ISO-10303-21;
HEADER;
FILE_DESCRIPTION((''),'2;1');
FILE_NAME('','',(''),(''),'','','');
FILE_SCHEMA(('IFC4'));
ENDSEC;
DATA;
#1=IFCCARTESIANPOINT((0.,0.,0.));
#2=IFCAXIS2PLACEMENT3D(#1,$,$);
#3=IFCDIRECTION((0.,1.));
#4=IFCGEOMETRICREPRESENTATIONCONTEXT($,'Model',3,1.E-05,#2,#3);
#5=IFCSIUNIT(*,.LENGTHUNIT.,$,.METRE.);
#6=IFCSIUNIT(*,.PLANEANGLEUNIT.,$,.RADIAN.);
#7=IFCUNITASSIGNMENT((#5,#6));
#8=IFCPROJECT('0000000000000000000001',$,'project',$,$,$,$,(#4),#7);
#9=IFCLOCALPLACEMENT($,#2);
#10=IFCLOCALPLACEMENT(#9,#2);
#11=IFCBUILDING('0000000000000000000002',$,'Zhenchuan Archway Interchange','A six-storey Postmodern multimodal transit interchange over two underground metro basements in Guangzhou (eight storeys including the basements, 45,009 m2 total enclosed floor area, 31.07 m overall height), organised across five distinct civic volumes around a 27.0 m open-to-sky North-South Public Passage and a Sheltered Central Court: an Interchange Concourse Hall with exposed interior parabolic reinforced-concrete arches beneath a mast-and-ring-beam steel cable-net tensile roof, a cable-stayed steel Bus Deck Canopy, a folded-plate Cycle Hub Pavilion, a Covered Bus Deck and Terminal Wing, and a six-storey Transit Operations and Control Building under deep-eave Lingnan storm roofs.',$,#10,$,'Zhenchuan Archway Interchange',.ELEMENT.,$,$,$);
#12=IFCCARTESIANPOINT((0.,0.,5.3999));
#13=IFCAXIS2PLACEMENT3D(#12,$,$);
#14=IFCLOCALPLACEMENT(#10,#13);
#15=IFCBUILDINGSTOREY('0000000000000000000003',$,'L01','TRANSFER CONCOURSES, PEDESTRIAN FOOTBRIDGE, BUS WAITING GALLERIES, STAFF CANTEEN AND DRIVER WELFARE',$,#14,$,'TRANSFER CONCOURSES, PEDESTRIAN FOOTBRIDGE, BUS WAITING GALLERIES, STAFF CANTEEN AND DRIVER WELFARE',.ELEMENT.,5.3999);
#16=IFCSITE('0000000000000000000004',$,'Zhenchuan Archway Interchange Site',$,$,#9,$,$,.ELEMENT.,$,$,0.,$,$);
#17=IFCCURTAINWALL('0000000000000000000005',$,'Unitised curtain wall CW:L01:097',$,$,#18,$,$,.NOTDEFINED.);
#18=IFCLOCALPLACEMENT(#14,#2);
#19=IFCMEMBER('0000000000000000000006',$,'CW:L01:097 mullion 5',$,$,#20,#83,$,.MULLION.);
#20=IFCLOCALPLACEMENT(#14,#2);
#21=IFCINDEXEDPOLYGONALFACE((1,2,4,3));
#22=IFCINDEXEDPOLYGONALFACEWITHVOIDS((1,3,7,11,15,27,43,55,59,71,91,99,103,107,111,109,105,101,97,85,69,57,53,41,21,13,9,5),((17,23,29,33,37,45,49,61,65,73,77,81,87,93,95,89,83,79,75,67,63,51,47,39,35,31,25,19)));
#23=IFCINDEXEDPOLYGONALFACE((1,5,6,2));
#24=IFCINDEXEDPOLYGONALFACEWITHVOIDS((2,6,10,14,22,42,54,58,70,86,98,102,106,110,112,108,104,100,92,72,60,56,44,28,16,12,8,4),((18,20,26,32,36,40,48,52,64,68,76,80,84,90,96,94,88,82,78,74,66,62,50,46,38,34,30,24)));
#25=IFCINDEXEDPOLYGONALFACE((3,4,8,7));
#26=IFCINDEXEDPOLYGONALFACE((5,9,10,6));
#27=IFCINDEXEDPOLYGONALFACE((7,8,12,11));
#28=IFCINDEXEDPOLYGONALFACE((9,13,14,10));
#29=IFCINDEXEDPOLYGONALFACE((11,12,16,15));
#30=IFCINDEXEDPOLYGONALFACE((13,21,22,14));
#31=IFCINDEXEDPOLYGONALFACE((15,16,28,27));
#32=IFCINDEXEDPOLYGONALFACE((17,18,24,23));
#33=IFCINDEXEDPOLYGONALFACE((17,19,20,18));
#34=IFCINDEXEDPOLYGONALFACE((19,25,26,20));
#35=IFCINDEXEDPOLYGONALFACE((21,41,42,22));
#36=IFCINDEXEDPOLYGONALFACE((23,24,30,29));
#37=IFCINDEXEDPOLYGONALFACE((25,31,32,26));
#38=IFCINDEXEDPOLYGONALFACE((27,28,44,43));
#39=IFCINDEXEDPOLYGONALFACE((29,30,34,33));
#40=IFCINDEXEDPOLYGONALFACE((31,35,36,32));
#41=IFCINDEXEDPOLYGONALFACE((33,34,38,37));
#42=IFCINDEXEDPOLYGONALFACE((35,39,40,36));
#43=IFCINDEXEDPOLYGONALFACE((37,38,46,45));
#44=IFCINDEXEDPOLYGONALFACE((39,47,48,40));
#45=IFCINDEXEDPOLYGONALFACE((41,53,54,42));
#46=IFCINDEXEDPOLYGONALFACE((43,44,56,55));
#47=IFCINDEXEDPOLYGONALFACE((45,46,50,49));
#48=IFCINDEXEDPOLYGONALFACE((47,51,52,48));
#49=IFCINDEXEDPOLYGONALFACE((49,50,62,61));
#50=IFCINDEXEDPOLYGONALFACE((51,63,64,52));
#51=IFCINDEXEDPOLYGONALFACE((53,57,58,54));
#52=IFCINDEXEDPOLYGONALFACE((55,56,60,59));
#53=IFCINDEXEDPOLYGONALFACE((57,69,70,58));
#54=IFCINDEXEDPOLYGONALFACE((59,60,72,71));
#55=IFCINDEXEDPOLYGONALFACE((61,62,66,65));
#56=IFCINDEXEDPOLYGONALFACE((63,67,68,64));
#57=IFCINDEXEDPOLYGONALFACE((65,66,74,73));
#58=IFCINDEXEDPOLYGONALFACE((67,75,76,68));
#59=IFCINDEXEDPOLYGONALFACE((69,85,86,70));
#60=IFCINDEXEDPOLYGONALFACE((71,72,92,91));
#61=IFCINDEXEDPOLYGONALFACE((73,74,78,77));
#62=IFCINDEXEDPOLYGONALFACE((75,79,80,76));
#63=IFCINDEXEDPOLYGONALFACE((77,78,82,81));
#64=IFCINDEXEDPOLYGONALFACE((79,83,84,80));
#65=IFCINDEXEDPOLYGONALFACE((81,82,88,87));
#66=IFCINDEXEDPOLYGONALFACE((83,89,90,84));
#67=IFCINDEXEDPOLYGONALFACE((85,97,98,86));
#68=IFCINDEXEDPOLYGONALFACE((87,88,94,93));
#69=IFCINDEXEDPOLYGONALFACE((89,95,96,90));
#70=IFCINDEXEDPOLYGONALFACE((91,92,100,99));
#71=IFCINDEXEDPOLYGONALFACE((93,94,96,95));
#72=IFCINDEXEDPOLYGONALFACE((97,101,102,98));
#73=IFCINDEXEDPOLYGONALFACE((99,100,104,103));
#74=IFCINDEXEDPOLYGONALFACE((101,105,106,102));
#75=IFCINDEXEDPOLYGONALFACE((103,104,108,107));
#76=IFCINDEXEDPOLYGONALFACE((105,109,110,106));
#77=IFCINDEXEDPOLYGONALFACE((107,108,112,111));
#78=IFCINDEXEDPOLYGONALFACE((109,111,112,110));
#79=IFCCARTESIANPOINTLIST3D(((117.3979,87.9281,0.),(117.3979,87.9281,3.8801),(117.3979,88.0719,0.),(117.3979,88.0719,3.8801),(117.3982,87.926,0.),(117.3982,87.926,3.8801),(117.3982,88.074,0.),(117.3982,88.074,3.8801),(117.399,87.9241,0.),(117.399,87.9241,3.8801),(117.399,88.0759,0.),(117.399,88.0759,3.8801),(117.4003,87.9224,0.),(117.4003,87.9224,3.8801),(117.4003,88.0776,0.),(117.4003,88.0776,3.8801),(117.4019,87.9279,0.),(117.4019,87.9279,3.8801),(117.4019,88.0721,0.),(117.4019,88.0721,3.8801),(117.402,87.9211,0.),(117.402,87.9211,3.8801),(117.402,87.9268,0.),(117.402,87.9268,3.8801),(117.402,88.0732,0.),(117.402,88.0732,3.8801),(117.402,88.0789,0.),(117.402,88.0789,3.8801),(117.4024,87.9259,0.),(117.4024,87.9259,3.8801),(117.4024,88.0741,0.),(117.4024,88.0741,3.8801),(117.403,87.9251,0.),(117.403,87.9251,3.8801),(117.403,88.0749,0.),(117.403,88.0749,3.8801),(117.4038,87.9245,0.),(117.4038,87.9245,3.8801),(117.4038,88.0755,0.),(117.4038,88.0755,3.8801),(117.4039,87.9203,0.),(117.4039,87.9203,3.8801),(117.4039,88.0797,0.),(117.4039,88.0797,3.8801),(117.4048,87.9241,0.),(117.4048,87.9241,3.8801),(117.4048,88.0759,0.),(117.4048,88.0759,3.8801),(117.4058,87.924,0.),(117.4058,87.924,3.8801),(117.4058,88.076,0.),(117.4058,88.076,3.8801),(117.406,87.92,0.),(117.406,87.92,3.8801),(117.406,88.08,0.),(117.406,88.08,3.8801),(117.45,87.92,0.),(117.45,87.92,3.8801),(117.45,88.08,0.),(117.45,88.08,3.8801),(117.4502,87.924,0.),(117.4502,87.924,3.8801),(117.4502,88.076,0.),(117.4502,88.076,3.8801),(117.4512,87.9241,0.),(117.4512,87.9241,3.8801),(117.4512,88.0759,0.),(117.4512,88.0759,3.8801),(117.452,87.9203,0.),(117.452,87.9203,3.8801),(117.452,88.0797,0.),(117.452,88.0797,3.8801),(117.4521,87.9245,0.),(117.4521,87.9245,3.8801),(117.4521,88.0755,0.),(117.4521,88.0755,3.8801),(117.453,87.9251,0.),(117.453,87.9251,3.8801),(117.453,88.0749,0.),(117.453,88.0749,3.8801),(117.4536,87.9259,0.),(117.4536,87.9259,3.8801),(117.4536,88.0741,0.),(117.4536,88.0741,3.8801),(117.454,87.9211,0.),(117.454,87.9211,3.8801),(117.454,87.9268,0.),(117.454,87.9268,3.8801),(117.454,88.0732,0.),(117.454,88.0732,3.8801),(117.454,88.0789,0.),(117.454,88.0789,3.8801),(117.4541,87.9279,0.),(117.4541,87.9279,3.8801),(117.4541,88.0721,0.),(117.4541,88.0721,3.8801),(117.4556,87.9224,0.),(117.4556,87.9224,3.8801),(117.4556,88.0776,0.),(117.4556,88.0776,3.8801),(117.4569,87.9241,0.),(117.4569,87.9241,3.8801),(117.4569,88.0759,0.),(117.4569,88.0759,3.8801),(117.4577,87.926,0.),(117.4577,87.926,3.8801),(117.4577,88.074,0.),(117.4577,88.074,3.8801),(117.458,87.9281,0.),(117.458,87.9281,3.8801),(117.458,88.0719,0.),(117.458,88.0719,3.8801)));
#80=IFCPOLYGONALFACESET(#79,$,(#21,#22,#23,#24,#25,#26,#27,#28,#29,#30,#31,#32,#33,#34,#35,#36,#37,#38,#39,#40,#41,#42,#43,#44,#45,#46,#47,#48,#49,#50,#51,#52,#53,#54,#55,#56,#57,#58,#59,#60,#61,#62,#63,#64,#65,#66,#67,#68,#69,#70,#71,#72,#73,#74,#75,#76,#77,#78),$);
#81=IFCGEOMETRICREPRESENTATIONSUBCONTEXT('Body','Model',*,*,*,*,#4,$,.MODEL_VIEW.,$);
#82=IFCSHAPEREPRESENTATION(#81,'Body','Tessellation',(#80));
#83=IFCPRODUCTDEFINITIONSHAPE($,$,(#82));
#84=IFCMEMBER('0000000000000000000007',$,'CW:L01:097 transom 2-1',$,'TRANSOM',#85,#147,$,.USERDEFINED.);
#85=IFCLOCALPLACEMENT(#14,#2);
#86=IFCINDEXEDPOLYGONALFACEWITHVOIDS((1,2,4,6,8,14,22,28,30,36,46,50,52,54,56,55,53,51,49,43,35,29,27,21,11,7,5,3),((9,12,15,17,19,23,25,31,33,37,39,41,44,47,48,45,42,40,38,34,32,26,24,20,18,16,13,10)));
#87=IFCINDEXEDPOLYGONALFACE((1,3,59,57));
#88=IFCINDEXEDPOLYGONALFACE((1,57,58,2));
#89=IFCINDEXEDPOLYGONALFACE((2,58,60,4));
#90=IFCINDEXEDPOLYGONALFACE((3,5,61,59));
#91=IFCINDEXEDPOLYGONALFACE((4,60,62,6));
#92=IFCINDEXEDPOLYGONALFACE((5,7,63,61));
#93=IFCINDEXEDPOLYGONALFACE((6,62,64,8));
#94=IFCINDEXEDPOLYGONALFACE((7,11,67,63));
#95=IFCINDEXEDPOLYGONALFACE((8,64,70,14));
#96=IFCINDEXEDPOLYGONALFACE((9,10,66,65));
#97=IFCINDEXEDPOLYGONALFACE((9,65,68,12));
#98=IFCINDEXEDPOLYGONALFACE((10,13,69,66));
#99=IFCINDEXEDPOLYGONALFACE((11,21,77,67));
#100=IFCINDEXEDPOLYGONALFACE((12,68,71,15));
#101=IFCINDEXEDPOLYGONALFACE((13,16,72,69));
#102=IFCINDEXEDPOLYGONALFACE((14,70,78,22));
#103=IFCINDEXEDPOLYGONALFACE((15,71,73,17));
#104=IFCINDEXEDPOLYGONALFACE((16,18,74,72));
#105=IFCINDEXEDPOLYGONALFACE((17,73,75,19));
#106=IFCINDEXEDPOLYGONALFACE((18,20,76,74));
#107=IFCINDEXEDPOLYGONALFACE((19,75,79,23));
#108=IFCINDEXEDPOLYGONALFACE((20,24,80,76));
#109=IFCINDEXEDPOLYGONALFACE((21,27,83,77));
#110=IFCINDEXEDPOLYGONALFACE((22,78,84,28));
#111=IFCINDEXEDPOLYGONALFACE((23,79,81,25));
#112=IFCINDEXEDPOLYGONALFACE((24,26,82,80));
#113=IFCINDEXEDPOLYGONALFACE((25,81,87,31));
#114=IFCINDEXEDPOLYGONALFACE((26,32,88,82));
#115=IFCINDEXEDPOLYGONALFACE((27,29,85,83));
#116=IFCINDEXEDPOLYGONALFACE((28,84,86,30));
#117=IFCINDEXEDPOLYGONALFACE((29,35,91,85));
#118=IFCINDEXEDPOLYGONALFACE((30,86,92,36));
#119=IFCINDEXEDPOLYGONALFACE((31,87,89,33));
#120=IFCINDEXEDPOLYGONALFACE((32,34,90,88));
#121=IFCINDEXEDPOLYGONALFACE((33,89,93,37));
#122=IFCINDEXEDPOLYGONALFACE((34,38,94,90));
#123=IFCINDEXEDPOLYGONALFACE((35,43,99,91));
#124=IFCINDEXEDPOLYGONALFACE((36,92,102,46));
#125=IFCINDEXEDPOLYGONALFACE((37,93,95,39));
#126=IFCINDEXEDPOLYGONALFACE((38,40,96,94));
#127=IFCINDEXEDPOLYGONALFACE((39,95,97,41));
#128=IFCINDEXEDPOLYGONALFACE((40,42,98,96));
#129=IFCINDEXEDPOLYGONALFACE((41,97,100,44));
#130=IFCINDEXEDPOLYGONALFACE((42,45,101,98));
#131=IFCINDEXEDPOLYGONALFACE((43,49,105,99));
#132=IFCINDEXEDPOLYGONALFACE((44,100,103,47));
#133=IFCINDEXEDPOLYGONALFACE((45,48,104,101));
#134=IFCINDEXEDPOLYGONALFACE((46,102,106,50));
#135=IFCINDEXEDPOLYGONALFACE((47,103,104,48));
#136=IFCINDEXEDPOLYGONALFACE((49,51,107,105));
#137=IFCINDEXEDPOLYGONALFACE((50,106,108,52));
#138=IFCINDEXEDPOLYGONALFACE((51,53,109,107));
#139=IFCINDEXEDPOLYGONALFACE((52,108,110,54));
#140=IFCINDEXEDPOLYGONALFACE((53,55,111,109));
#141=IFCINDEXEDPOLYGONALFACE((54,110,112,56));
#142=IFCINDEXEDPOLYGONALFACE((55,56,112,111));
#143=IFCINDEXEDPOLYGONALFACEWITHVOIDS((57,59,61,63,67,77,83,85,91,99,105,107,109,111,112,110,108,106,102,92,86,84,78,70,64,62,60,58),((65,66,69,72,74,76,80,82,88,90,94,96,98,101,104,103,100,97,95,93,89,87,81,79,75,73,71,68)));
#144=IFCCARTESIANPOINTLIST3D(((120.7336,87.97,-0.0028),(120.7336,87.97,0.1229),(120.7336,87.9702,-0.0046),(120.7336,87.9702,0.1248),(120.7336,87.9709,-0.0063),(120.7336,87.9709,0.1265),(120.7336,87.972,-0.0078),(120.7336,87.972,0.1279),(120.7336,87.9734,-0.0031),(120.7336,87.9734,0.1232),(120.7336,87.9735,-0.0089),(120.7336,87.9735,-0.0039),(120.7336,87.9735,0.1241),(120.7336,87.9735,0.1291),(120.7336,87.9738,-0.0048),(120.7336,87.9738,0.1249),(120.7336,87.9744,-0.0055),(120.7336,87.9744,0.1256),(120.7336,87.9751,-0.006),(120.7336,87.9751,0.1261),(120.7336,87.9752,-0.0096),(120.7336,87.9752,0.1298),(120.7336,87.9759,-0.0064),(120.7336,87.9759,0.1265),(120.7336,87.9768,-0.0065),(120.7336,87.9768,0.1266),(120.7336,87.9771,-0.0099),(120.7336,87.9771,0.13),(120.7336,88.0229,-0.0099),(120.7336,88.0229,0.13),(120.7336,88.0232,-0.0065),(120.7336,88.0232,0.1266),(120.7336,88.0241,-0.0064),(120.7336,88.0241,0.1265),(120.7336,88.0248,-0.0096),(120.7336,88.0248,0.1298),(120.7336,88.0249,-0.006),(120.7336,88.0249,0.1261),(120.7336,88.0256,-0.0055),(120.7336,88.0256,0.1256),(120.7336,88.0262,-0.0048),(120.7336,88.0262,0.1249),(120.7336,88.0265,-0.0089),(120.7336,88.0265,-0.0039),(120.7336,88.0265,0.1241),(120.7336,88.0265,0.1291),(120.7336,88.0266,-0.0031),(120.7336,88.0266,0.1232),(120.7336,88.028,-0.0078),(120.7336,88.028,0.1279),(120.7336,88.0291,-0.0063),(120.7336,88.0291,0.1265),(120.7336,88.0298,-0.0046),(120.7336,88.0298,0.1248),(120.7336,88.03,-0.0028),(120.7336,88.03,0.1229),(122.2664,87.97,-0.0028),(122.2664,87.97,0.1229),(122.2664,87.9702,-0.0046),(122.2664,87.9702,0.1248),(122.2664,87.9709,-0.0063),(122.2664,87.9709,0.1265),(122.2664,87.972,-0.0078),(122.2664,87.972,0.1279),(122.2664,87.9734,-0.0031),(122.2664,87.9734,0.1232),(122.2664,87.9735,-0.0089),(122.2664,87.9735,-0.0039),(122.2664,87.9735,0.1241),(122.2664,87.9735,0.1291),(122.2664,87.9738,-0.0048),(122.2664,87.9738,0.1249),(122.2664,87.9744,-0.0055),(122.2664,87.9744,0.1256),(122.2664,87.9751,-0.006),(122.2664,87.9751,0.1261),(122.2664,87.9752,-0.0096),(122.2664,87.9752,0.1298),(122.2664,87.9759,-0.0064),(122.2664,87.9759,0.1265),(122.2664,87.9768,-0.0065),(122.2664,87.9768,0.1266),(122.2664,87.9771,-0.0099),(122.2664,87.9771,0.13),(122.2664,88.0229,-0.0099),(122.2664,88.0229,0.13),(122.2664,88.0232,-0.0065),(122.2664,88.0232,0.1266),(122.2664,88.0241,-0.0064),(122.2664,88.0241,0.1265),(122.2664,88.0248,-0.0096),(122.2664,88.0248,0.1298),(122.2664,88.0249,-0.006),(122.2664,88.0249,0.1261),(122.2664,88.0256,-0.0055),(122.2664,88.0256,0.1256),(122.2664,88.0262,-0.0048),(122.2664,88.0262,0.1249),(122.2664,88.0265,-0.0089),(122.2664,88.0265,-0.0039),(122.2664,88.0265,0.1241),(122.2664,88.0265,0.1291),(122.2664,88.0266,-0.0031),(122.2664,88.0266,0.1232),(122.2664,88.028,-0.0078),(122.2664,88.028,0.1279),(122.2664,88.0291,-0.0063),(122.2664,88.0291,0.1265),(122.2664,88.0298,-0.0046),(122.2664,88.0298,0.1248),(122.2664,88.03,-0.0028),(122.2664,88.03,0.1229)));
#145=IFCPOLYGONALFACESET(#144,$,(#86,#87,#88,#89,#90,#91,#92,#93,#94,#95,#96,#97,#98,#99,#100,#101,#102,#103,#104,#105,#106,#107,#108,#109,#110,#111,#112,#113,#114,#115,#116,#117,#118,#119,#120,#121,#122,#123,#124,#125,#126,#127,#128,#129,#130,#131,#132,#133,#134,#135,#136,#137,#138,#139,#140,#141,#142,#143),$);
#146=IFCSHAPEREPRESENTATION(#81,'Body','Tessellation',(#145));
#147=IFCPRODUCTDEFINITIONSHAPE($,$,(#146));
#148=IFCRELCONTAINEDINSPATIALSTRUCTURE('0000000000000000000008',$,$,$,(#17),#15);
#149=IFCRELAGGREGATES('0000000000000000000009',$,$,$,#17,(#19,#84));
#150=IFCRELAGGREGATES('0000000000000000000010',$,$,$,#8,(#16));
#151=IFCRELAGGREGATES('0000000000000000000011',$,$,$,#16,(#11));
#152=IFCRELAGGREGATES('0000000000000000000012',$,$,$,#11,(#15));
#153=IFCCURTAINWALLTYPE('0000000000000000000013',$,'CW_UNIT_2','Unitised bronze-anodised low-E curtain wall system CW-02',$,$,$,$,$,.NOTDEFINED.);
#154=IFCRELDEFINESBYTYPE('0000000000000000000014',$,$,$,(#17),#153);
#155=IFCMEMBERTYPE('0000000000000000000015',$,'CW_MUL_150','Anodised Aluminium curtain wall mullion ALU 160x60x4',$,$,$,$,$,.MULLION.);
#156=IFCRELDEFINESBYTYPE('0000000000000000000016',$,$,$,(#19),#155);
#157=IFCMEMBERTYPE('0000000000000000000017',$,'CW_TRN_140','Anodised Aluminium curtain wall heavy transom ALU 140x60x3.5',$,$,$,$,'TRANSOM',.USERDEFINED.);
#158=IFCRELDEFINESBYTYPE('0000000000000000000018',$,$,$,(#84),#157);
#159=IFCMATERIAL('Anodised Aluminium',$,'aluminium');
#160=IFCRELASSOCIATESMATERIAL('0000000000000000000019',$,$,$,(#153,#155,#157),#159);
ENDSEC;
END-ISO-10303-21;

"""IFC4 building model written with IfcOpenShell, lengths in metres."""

from ifc_helpers import new_model, si_unit, direction, frame, origin, origin_2d, place, context, subcontext, project, spatial, hollow_rectangle, extrude, material, material_profile, profile_set, type_object, element, aggregate, save


model = new_model("IFC4")

# Units and contexts
model_context = context("Model", 3, precision=1e-05, world=origin(), true_north=direction((0.0, 1.0)))
body_context = subcontext(model_context, "Body", "Model", "MODEL_VIEW")
ifc_project = project(units=[si_unit("LENGTHUNIT", "METRE"), si_unit("PLANEANGLEUNIT", "RADIAN")], contexts=[model_context])

# Site, building, storey
site_placement = place(None, origin())
site = spatial("IfcSite", under=ifc_project, at=site_placement, Name="Zhenchuan Archway Interchange Site", CompositionType="ELEMENT", RefElevation=0.0)
building_placement = place(site_placement, origin())
building = spatial("IfcBuilding", under=site, at=building_placement, Name="Zhenchuan Archway Interchange", Description="A six-storey Postmodern multimodal transit interchange over two underground metro basements in Guangzhou (eight storeys including the basements, 45,009 m2 total enclosed floor area, 31.07 m overall height), organised across five distinct civic volumes around a 27.0 m open-to-sky North-South Public Passage and a Sheltered Central Court: an Interchange Concourse Hall with exposed interior parabolic reinforced-concrete arches beneath a mast-and-ring-beam steel cable-net tensile roof, a cable-stayed steel Bus Deck Canopy, a folded-plate Cycle Hub Pavilion, a Covered Bus Deck and Terminal Wing, and a six-storey Transit Operations and Control Building under deep-eave Lingnan storm roofs.", LongName="Zhenchuan Archway Interchange", CompositionType="ELEMENT")
storey_placement = place(building_placement, frame((0.0, 0.0, 5.3999)))
storey = spatial("IfcBuildingStorey", under=building, at=storey_placement, Name="L01", Description="TRANSFER CONCOURSES, PEDESTRIAN FOOTBRIDGE, BUS WAITING GALLERIES, STAFF CANTEEN AND DRIVER WELFARE", LongName="TRANSFER CONCOURSES, PEDESTRIAN FOOTBRIDGE, BUS WAITING GALLERIES, STAFF CANTEEN AND DRIVER WELFARE", CompositionType="ELEMENT", Elevation=5.3999)

# Curtain wall, members
ifc_material_1 = material(Name="Anodised Aluminium", Category="aluminium")
curtain_wall_type = type_object("IfcCurtainWallType", Name="CW_UNIT_2", Description="Unitised bronze-anodised low-E curtain wall system CW-02", PredefinedType="NOTDEFINED", material=ifc_material_1)
curtain_wall_placement = place(storey_placement, origin())
curtain_wall = element("IfcCurtainWall", 1, at=curtain_wall_placement, inside=storey, type_object=curtain_wall_type, Name="Unitised curtain wall CW:L01:097", PredefinedType="NOTDEFINED")
ifc_material_profile_1 = material_profile(ifc_material_1, hollow_rectangle(XDim=0.0601, YDim=0.1599, WallThickness=0.0039, InnerFilletRadius=0.0039, OuterFilletRadius=0.0081, at=origin_2d()), Name="ALU 160x60x4")
ifc_profile_set_1 = profile_set([ifc_material_profile_1], Name="Anodised Aluminium")
member_type_1 = type_object("IfcMemberType", Name="CW_MUL_150", Description="Anodised Aluminium curtain wall mullion ALU 160x60x4", PredefinedType="MULLION", material=ifc_profile_set_1)
member_1_placement = place(storey_placement, frame((117.428, 88.0, 0.0), z_axis=(0.0, 0.0, 1.0), x_axis=(1.0, 0.0, 0.0)))
member_1 = element("IfcMember", 2, at=member_1_placement, type_object=member_type_1, Name="CW:L01:097 mullion 5", PredefinedType="MULLION", context=body_context, shape_type="SweptSolid", body=[
    extrude(hollow_rectangle(XDim=0.0601, YDim=0.1599, WallThickness=0.0039, InnerFilletRadius=0.0039, OuterFilletRadius=0.0081, at=origin_2d()), origin(), (0.0, 0.0, 1.0), 3.8801),
])
ifc_material_profile_2 = material_profile(ifc_material_1, hollow_rectangle(XDim=0.0601, YDim=0.1399, WallThickness=0.0034, InnerFilletRadius=0.0034, OuterFilletRadius=0.0071, at=origin_2d()), Name="ALU 140x60x3.5")
ifc_profile_set_2 = profile_set([ifc_material_profile_2], Name="Anodised Aluminium")
member_type_2 = type_object("IfcMemberType", Name="CW_TRN_140", Description="Anodised Aluminium curtain wall heavy transom ALU 140x60x3.5", ElementType="TRANSOM", PredefinedType="USERDEFINED", material=ifc_profile_set_2)
member_2_placement = place(storey_placement, frame((122.2664, 88.0, 0.0601), z_axis=(-1.0, 0.0, 0.0), x_axis=(0.0, -1.0, 0.0)))
member_2 = element("IfcMember", 3, at=member_2_placement, type_object=member_type_2, Name="CW:L01:097 transom 2-1", ObjectType="TRANSOM", PredefinedType="USERDEFINED", context=body_context, shape_type="SweptSolid", body=[
    extrude(hollow_rectangle(XDim=0.0601, YDim=0.1399, WallThickness=0.0034, InnerFilletRadius=0.0034, OuterFilletRadius=0.0071, at=origin_2d()), origin(), (0.0, 0.0, 1.0), 1.5327),
])

aggregate(curtain_wall, [member_1, member_2])

save(model, "model.ifc")
